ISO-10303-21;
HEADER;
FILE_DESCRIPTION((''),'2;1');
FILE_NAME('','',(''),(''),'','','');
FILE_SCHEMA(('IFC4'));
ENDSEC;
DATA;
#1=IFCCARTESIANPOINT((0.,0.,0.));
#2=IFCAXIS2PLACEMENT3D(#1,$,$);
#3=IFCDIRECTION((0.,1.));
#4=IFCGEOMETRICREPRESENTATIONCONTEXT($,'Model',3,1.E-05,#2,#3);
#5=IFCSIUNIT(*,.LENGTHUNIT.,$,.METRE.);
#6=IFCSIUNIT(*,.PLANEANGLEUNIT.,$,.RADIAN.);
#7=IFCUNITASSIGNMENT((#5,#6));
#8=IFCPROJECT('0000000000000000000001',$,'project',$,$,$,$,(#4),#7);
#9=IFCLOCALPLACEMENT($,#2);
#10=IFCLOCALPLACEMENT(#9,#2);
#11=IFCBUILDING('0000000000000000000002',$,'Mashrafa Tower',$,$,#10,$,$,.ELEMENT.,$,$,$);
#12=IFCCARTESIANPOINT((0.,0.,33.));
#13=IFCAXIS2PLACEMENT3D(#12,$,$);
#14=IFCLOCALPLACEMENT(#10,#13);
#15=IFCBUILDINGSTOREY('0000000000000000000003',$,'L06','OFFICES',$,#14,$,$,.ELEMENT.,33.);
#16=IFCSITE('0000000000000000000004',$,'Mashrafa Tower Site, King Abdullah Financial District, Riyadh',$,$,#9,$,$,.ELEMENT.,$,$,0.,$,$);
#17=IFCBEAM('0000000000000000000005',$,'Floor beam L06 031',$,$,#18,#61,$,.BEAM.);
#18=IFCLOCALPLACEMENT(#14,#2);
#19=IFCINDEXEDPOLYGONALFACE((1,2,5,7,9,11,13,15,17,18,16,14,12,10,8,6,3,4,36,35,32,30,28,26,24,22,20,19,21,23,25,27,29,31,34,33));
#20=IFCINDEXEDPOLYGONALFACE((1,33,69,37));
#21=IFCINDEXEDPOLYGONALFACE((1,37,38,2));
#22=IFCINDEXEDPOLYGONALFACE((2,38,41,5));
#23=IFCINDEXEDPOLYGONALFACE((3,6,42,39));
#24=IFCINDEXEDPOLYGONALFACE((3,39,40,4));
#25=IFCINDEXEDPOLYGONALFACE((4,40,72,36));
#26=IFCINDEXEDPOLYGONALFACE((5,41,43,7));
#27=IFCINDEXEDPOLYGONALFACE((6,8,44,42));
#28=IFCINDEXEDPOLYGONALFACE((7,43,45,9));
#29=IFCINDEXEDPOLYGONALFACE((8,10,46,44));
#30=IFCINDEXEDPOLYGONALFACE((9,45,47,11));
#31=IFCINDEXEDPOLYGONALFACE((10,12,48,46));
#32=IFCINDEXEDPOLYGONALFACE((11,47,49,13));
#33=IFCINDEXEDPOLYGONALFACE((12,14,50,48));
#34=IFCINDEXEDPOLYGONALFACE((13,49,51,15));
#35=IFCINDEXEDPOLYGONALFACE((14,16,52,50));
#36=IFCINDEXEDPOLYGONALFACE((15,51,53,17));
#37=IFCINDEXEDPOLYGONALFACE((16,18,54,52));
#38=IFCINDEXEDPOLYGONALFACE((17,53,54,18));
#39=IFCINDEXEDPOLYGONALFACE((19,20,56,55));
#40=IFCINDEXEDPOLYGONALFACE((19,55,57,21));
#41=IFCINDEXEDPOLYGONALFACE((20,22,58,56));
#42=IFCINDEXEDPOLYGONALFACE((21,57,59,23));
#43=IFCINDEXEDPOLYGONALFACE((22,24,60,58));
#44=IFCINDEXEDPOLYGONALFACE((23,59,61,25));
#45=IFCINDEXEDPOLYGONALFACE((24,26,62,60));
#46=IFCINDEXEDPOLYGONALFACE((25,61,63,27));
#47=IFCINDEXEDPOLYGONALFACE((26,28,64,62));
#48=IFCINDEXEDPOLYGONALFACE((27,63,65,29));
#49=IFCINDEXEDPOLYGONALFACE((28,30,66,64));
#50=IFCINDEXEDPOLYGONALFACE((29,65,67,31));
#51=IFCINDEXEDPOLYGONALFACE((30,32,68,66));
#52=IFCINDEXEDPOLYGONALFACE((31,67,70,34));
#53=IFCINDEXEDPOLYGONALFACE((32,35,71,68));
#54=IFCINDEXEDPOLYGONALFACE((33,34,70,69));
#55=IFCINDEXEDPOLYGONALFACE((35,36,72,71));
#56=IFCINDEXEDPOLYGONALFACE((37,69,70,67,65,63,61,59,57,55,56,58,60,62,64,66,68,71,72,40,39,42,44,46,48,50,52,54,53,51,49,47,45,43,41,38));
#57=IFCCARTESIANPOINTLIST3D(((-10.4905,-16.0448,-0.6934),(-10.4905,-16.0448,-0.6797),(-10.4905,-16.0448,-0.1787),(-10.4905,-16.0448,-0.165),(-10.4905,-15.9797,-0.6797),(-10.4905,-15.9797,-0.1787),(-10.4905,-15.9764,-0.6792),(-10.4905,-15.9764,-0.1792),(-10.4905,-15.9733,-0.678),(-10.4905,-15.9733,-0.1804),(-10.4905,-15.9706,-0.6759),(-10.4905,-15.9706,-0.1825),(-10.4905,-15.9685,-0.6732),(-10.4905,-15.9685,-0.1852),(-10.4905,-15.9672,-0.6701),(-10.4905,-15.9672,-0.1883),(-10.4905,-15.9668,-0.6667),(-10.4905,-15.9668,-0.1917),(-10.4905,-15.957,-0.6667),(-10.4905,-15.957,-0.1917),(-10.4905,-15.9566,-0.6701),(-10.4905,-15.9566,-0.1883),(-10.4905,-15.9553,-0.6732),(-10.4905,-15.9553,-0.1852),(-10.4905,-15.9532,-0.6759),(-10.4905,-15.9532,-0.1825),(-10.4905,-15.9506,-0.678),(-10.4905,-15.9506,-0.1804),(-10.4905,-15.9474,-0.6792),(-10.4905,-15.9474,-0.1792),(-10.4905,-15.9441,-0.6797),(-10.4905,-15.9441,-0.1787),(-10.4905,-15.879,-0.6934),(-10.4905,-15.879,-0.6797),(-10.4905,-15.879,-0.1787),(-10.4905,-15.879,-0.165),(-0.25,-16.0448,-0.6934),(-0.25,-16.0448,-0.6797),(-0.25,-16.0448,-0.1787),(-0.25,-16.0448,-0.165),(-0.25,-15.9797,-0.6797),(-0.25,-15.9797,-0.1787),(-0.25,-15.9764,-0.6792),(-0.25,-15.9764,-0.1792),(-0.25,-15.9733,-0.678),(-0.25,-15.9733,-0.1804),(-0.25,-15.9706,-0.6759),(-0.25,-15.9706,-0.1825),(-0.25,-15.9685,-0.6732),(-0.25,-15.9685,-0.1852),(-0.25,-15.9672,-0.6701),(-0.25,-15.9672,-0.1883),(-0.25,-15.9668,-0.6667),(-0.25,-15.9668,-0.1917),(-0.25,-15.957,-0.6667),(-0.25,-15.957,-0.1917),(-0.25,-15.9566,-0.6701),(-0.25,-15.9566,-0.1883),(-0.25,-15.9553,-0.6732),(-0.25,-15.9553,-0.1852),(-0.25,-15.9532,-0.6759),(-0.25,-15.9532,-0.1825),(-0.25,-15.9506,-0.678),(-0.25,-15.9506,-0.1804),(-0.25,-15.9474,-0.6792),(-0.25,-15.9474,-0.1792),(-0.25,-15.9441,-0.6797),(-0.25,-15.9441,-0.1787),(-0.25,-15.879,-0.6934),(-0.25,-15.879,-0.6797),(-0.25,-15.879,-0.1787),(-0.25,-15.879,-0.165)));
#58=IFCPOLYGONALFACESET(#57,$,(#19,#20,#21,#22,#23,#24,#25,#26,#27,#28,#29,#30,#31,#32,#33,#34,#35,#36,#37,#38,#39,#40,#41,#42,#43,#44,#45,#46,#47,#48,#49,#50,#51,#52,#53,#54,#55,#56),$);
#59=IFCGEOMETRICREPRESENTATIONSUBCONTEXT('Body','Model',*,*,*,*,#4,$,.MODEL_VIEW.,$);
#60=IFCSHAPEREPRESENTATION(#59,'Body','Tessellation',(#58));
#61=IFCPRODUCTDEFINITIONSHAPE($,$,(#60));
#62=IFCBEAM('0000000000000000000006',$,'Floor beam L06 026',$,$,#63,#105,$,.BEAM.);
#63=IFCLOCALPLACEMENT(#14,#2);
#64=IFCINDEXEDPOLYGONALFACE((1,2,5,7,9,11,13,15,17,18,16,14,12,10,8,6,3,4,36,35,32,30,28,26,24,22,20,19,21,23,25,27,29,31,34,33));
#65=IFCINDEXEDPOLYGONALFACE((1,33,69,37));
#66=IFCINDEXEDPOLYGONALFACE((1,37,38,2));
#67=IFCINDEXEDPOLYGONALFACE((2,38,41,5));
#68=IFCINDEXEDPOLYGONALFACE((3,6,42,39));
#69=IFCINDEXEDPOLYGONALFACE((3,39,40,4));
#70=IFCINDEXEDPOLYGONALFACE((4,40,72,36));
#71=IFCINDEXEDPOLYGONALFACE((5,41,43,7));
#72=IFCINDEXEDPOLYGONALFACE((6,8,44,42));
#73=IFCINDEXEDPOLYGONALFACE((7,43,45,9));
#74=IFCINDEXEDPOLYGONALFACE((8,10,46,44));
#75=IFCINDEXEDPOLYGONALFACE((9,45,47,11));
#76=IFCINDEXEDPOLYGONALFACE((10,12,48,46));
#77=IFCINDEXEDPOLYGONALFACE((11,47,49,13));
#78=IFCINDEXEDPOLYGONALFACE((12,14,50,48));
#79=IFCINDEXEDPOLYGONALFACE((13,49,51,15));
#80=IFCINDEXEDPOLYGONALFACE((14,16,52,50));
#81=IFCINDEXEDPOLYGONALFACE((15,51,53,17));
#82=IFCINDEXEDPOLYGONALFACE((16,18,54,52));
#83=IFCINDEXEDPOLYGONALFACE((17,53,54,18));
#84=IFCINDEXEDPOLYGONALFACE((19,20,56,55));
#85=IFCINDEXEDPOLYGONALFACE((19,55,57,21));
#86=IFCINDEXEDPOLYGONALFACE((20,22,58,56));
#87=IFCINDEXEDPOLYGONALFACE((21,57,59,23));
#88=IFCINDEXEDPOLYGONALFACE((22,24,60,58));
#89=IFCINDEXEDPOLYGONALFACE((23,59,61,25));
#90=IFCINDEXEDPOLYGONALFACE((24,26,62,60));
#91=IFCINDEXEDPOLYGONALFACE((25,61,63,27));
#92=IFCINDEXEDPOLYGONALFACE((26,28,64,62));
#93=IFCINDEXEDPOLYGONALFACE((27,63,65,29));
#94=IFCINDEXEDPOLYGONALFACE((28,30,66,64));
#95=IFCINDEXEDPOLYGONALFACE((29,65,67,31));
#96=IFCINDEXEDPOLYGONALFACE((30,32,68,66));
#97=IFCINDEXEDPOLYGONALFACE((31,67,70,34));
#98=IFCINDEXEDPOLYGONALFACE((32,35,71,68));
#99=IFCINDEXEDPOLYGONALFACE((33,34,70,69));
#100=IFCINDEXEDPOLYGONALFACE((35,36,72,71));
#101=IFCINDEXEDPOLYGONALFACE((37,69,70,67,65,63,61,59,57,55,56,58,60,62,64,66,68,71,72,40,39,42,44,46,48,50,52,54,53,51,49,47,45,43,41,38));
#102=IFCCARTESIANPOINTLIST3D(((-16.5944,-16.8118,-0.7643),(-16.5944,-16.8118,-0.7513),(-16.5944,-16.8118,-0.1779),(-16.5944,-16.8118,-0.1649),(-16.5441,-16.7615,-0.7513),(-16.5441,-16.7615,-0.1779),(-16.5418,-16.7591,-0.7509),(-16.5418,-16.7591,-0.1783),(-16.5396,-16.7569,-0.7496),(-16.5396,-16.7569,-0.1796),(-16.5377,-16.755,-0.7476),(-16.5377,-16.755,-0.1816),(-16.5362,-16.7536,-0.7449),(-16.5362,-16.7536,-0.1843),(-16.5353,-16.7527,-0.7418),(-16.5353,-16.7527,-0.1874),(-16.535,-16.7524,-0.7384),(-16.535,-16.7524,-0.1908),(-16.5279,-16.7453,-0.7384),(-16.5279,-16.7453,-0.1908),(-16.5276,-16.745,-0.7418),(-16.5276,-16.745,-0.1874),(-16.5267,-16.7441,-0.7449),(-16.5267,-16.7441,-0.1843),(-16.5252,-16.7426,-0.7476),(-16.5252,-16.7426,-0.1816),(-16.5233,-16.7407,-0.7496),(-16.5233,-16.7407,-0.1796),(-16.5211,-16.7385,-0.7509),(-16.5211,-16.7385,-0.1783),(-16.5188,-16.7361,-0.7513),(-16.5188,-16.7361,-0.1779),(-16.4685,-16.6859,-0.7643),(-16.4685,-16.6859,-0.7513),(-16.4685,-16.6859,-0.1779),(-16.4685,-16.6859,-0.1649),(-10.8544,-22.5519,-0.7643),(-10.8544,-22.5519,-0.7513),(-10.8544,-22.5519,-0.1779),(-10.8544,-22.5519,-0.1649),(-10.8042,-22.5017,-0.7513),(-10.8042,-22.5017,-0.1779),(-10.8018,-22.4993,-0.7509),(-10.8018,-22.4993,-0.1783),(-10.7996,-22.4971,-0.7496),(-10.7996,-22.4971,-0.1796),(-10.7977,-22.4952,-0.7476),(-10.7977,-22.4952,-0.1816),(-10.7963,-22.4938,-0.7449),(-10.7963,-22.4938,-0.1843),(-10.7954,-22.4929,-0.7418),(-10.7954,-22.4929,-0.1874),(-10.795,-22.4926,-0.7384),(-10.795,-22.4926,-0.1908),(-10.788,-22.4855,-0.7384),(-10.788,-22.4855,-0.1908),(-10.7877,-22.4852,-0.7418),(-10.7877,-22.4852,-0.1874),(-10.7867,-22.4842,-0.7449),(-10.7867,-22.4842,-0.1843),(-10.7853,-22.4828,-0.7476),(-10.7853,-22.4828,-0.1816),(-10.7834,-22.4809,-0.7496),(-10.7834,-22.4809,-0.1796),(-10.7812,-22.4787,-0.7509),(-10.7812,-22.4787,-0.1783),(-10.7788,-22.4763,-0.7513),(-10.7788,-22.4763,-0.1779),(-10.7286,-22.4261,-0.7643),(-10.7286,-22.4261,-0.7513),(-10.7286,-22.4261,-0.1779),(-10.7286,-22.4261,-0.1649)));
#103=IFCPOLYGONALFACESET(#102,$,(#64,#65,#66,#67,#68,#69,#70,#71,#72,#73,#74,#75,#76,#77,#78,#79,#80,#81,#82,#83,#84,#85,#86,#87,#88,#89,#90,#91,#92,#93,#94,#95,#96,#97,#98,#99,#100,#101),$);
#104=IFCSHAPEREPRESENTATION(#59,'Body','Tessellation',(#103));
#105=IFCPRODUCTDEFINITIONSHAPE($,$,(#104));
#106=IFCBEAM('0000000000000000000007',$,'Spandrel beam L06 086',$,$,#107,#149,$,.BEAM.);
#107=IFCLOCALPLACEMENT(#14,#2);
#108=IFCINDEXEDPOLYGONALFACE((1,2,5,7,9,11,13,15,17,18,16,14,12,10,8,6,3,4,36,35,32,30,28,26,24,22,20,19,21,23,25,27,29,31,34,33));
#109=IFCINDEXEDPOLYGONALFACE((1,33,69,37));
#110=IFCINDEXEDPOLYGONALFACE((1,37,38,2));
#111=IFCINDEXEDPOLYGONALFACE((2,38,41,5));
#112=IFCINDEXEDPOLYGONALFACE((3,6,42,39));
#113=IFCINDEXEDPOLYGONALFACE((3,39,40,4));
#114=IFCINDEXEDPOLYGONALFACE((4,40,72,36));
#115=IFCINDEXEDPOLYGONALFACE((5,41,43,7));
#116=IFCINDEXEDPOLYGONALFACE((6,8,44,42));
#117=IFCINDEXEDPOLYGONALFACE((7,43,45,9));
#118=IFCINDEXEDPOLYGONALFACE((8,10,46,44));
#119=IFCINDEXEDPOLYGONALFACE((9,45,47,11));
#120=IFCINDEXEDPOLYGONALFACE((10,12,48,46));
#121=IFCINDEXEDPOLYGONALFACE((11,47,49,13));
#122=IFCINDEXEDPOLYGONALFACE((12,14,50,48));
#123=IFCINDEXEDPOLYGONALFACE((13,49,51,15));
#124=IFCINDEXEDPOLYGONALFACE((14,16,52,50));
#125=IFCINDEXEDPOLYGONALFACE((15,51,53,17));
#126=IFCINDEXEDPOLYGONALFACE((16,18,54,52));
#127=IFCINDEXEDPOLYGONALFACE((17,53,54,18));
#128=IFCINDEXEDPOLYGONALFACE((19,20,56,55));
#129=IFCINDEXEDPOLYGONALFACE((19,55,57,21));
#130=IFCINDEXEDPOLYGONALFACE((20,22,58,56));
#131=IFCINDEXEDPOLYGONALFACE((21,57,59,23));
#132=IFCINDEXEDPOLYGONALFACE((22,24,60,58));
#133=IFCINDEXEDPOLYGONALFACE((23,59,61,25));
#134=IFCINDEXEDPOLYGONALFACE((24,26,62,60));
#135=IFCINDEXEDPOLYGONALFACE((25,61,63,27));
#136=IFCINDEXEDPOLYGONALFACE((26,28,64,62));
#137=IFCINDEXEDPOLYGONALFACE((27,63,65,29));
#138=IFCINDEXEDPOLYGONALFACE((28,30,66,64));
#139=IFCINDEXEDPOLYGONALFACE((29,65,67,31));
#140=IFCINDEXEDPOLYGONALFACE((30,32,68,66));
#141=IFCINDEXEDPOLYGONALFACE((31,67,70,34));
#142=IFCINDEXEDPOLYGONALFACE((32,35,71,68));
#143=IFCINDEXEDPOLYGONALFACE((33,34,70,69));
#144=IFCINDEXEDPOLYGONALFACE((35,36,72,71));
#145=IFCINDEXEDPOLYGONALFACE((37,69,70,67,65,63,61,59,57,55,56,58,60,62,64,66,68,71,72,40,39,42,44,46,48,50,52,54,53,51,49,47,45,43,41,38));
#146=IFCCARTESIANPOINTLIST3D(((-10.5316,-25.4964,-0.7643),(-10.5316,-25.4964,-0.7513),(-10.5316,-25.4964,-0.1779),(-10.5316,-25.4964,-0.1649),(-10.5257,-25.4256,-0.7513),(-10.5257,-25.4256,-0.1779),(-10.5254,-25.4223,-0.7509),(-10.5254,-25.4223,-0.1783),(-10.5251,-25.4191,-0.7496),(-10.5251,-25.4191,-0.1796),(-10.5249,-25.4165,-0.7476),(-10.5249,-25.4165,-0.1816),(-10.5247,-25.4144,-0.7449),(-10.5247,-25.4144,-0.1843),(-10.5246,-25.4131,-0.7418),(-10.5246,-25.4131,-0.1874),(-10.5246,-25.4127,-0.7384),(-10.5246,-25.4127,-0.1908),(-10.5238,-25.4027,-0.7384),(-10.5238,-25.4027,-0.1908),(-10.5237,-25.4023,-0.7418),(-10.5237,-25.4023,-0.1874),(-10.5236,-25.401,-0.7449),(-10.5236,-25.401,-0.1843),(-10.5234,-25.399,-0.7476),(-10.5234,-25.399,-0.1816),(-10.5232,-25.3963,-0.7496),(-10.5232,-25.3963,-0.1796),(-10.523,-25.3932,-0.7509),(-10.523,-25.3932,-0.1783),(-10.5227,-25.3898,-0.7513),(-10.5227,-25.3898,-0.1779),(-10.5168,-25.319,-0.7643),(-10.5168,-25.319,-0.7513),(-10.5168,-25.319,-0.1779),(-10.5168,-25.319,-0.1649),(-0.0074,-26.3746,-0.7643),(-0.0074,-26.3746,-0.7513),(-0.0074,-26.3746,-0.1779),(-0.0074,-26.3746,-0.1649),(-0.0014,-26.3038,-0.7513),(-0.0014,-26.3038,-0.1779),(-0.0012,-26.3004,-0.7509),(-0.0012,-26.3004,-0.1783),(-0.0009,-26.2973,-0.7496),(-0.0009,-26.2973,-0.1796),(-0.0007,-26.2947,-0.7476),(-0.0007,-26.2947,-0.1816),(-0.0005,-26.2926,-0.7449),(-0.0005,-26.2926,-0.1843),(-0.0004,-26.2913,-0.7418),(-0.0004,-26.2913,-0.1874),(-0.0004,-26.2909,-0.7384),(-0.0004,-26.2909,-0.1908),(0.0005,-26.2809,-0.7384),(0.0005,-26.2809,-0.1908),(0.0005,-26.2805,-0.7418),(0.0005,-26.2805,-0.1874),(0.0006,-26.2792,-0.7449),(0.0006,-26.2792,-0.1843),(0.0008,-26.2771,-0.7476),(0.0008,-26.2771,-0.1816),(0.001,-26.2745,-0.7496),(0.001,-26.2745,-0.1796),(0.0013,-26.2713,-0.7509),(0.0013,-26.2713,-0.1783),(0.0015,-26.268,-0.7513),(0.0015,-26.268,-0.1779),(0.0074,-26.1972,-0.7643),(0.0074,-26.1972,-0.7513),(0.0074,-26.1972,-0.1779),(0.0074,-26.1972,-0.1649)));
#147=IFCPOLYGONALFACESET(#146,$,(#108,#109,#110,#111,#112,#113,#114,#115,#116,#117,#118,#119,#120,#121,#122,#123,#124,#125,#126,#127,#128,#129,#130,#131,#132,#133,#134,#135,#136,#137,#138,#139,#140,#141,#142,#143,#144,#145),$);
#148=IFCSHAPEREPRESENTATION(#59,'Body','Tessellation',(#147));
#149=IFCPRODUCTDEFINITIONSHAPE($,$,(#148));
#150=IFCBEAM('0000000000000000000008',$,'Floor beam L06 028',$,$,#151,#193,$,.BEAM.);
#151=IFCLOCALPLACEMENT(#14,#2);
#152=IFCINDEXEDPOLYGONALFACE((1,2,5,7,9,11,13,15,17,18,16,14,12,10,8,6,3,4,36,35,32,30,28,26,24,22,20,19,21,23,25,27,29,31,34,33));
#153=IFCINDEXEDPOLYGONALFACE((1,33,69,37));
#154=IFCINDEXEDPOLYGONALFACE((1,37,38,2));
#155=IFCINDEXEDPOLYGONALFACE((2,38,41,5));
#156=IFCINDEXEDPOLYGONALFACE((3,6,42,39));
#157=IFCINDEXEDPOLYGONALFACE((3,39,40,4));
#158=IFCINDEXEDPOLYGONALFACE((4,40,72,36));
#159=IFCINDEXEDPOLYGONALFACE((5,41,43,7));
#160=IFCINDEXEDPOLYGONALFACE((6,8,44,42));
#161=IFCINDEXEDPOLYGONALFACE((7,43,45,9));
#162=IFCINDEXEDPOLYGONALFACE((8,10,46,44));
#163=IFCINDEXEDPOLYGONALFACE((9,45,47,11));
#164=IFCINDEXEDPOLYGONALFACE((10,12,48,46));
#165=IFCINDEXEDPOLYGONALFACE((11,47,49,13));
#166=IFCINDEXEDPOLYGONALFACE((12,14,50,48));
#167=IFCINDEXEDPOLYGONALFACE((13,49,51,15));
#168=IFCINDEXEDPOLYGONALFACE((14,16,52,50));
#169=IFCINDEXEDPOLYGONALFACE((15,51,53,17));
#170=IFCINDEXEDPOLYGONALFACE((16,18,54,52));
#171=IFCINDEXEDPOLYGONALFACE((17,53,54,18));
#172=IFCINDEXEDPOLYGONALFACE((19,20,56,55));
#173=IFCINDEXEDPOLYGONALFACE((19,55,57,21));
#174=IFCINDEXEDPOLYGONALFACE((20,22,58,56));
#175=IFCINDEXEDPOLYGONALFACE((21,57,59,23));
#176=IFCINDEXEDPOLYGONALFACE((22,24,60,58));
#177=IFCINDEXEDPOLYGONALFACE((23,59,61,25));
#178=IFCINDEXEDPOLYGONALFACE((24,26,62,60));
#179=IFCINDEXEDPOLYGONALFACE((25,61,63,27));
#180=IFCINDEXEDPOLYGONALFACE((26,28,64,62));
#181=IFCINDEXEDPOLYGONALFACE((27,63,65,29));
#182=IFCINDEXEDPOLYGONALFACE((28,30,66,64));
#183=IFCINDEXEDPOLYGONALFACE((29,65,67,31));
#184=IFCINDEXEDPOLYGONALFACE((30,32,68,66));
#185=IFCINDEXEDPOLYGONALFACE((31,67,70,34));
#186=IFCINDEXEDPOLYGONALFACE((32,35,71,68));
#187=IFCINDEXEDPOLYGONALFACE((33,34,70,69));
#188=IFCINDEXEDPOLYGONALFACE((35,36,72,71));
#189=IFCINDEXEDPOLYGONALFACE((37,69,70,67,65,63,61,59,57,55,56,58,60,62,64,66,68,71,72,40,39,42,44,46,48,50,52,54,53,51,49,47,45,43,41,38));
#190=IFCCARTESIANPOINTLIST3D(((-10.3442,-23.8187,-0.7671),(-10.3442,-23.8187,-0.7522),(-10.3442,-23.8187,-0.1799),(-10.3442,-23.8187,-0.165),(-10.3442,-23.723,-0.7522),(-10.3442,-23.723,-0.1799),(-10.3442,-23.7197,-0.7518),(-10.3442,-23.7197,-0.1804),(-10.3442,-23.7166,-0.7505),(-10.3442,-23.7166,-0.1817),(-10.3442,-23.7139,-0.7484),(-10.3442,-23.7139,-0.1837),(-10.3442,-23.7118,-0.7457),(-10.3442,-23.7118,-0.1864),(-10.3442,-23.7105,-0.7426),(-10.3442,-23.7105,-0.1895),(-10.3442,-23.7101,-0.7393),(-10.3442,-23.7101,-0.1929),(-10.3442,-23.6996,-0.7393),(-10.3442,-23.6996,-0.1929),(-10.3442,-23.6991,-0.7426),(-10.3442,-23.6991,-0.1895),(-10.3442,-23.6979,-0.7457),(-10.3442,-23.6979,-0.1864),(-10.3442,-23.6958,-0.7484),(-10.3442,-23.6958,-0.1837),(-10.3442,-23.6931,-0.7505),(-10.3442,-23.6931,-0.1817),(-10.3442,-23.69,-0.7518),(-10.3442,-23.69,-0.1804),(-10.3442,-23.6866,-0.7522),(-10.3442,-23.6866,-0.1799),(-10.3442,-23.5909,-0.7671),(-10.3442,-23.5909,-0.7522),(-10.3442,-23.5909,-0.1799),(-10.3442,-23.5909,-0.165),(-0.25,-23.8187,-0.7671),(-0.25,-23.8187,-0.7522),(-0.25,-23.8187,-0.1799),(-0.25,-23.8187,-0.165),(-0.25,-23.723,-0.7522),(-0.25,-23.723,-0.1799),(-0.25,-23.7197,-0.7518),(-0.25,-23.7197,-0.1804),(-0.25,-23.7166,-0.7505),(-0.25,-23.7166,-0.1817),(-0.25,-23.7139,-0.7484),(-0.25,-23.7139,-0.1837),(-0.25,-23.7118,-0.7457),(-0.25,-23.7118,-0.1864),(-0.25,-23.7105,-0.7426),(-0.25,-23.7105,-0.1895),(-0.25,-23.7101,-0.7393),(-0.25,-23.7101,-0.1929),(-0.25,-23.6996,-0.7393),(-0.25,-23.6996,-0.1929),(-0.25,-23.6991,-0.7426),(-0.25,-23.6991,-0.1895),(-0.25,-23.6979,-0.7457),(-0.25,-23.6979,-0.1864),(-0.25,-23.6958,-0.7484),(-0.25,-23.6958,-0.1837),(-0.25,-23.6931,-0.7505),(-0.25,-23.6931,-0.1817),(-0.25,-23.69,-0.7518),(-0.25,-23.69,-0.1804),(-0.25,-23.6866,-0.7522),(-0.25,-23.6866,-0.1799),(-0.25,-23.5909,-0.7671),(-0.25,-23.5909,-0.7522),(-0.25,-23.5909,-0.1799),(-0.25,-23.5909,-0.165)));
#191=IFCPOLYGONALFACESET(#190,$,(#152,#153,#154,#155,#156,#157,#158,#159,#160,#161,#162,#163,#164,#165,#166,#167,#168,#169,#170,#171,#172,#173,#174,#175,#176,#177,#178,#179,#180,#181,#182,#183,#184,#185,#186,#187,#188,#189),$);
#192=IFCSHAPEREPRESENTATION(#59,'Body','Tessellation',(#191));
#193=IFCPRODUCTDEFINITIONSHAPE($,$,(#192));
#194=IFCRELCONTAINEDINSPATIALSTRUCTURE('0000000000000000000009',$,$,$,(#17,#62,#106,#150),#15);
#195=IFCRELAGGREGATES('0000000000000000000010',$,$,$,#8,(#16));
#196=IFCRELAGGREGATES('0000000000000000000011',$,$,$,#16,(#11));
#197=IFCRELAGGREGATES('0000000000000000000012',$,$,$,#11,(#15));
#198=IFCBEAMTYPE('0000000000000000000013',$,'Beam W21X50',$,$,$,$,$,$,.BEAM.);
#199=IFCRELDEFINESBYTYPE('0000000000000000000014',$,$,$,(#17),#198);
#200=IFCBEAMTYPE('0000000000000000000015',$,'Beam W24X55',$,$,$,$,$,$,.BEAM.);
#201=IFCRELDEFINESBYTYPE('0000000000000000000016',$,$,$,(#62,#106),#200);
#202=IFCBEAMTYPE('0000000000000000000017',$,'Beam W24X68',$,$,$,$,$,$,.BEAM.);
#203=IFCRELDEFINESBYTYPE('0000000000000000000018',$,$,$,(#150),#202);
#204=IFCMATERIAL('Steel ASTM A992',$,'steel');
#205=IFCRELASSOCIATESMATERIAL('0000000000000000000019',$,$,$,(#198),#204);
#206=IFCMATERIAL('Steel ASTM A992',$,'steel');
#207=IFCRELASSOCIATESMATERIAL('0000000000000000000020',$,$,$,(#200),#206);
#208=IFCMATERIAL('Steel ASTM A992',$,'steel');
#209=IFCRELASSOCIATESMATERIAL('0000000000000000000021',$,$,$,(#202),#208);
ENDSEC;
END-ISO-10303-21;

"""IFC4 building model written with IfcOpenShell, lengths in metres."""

from ifc_helpers import new_model, si_unit, direction, frame, origin, origin_2d, place, context, subcontext, project, spatial, i_section, extrude, material, material_profile, profile_set, type_object, element, save


model = new_model("IFC4")

# Units and contexts
model_context = context("Model", 3, precision=1e-05, world=origin(), true_north=direction((0.0, 1.0)))
body_context = subcontext(model_context, "Body", "Model", "MODEL_VIEW")
ifc_project = project(units=[si_unit("LENGTHUNIT", "METRE"), si_unit("PLANEANGLEUNIT", "RADIAN")], contexts=[model_context])

# Site, building, storey
site_placement = place(None, origin())
site = spatial("IfcSite", under=ifc_project, at=site_placement, Name="Mashrafa Tower Site, King Abdullah Financial District, Riyadh", CompositionType="ELEMENT", RefElevation=0.0)
building_placement = place(site_placement, origin())
building = spatial("IfcBuilding", under=site, at=building_placement, Name="Mashrafa Tower", CompositionType="ELEMENT")
storey_placement = place(building_placement, frame((0.0, 0.0, 33.0)))
storey = spatial("IfcBuildingStorey", under=building, at=storey_placement, Name="L06", Description="OFFICES", CompositionType="ELEMENT", Elevation=33.0)

# Beams
ifc_material_1 = material(Name="Steel ASTM A992", Category="steel")
ifc_material_profile_1 = material_profile(ifc_material_1, i_section(OverallWidth=0.1658, OverallDepth=0.5283, WebThickness=0.0098, FlangeThickness=0.0137, FilletRadius=0.0129, at=origin_2d()), Name="W21X50")
ifc_profile_set_1 = profile_set([ifc_material_profile_1], Name="Steel ASTM A992")
beam_type_1 = type_object("IfcBeamType", Name="Beam W21X50", PredefinedType="BEAM", material=ifc_profile_set_1)
beam_1_placement = place(storey_placement, frame((-0.25, -15.9619, -0.4292), z_axis=(-1.0, 0.0, 0.0), x_axis=(0.0, -1.0, 0.0)))
element("IfcBeam", 1, at=beam_1_placement, inside=storey, type_object=beam_type_1, Name="Floor beam L06 031", PredefinedType="BEAM", context=body_context, shape_type="SweptSolid", body=[
    extrude(i_section(OverallWidth=0.1658, OverallDepth=0.5283, WebThickness=0.0098, FlangeThickness=0.0137, FilletRadius=0.0129, at=origin_2d()), origin(), (0.0, 0.0, 1.0), 10.2405),
])
ifc_material_2 = material(Name="Steel ASTM A992", Category="steel")
ifc_material_profile_2 = material_profile(ifc_material_2, i_section(OverallWidth=0.178, OverallDepth=0.5994, WebThickness=0.01, FlangeThickness=0.0129, FilletRadius=0.0129, at=origin_2d()), Name="W24X55")
ifc_profile_set_2 = profile_set([ifc_material_profile_2], Name="Steel ASTM A992")
beam_type_2 = type_object("IfcBeamType", Name="Beam W24X55", PredefinedType="BEAM", material=ifc_profile_set_2)
beam_2_placement = place(storey_placement, frame((-10.7915, -22.489, -0.4646), z_axis=(-0.707092, 0.707122, 0.0), x_axis=(-0.707122, -0.707092, 0.0)))
element("IfcBeam", 2, at=beam_2_placement, inside=storey, type_object=beam_type_2, Name="Floor beam L06 026", PredefinedType="BEAM", context=body_context, shape_type="SweptSolid", body=[
    extrude(i_section(OverallWidth=0.178, OverallDepth=0.5994, WebThickness=0.01, FlangeThickness=0.0129, FilletRadius=0.0129, at=origin_2d()), origin(), (0.0, 0.0, 1.0), 8.1177),
])
beam_3_placement = place(storey_placement, frame((-10.5242, -25.4077, -0.4646), z_axis=(0.996537, -0.083155, 0.0), x_axis=(0.083155, 0.996537, 0.0)))
element("IfcBeam", 3, at=beam_3_placement, inside=storey, type_object=beam_type_2, Name="Spandrel beam L06 086", PredefinedType="BEAM", context=body_context, shape_type="SweptSolid", body=[
    extrude(i_section(OverallWidth=0.178, OverallDepth=0.5994, WebThickness=0.01, FlangeThickness=0.0129, FilletRadius=0.0129, at=origin_2d()), origin(), (0.0, 0.0, 1.0), 10.5608),
])
ifc_material_3 = material(Name="Steel ASTM A992", Category="steel")
ifc_material_profile_3 = material_profile(ifc_material_3, i_section(OverallWidth=0.2278, OverallDepth=0.6021, WebThickness=0.0105, FlangeThickness=0.0149, FilletRadius=0.0129, at=origin_2d()), Name="W24X68")
ifc_profile_set_3 = profile_set([ifc_material_profile_3], Name="Steel ASTM A992")
beam_type_3 = type_object("IfcBeamType", Name="Beam W24X68", PredefinedType="BEAM", material=ifc_profile_set_3)
beam_4_placement = place(storey_placement, frame((-0.25, -23.7048, -0.4661), z_axis=(-1.0, 0.0, 0.0), x_axis=(0.0, -1.0, 0.0)))
element("IfcBeam", 4, at=beam_4_placement, inside=storey, type_object=beam_type_3, Name="Floor beam L06 028", PredefinedType="BEAM", context=body_context, shape_type="SweptSolid", body=[
    extrude(i_section(OverallWidth=0.2278, OverallDepth=0.6021, WebThickness=0.0105, FlangeThickness=0.0149, FilletRadius=0.0129, at=origin_2d()), origin(), (0.0, 0.0, 1.0), 10.0942),
])

save(model, "model.ifc")
